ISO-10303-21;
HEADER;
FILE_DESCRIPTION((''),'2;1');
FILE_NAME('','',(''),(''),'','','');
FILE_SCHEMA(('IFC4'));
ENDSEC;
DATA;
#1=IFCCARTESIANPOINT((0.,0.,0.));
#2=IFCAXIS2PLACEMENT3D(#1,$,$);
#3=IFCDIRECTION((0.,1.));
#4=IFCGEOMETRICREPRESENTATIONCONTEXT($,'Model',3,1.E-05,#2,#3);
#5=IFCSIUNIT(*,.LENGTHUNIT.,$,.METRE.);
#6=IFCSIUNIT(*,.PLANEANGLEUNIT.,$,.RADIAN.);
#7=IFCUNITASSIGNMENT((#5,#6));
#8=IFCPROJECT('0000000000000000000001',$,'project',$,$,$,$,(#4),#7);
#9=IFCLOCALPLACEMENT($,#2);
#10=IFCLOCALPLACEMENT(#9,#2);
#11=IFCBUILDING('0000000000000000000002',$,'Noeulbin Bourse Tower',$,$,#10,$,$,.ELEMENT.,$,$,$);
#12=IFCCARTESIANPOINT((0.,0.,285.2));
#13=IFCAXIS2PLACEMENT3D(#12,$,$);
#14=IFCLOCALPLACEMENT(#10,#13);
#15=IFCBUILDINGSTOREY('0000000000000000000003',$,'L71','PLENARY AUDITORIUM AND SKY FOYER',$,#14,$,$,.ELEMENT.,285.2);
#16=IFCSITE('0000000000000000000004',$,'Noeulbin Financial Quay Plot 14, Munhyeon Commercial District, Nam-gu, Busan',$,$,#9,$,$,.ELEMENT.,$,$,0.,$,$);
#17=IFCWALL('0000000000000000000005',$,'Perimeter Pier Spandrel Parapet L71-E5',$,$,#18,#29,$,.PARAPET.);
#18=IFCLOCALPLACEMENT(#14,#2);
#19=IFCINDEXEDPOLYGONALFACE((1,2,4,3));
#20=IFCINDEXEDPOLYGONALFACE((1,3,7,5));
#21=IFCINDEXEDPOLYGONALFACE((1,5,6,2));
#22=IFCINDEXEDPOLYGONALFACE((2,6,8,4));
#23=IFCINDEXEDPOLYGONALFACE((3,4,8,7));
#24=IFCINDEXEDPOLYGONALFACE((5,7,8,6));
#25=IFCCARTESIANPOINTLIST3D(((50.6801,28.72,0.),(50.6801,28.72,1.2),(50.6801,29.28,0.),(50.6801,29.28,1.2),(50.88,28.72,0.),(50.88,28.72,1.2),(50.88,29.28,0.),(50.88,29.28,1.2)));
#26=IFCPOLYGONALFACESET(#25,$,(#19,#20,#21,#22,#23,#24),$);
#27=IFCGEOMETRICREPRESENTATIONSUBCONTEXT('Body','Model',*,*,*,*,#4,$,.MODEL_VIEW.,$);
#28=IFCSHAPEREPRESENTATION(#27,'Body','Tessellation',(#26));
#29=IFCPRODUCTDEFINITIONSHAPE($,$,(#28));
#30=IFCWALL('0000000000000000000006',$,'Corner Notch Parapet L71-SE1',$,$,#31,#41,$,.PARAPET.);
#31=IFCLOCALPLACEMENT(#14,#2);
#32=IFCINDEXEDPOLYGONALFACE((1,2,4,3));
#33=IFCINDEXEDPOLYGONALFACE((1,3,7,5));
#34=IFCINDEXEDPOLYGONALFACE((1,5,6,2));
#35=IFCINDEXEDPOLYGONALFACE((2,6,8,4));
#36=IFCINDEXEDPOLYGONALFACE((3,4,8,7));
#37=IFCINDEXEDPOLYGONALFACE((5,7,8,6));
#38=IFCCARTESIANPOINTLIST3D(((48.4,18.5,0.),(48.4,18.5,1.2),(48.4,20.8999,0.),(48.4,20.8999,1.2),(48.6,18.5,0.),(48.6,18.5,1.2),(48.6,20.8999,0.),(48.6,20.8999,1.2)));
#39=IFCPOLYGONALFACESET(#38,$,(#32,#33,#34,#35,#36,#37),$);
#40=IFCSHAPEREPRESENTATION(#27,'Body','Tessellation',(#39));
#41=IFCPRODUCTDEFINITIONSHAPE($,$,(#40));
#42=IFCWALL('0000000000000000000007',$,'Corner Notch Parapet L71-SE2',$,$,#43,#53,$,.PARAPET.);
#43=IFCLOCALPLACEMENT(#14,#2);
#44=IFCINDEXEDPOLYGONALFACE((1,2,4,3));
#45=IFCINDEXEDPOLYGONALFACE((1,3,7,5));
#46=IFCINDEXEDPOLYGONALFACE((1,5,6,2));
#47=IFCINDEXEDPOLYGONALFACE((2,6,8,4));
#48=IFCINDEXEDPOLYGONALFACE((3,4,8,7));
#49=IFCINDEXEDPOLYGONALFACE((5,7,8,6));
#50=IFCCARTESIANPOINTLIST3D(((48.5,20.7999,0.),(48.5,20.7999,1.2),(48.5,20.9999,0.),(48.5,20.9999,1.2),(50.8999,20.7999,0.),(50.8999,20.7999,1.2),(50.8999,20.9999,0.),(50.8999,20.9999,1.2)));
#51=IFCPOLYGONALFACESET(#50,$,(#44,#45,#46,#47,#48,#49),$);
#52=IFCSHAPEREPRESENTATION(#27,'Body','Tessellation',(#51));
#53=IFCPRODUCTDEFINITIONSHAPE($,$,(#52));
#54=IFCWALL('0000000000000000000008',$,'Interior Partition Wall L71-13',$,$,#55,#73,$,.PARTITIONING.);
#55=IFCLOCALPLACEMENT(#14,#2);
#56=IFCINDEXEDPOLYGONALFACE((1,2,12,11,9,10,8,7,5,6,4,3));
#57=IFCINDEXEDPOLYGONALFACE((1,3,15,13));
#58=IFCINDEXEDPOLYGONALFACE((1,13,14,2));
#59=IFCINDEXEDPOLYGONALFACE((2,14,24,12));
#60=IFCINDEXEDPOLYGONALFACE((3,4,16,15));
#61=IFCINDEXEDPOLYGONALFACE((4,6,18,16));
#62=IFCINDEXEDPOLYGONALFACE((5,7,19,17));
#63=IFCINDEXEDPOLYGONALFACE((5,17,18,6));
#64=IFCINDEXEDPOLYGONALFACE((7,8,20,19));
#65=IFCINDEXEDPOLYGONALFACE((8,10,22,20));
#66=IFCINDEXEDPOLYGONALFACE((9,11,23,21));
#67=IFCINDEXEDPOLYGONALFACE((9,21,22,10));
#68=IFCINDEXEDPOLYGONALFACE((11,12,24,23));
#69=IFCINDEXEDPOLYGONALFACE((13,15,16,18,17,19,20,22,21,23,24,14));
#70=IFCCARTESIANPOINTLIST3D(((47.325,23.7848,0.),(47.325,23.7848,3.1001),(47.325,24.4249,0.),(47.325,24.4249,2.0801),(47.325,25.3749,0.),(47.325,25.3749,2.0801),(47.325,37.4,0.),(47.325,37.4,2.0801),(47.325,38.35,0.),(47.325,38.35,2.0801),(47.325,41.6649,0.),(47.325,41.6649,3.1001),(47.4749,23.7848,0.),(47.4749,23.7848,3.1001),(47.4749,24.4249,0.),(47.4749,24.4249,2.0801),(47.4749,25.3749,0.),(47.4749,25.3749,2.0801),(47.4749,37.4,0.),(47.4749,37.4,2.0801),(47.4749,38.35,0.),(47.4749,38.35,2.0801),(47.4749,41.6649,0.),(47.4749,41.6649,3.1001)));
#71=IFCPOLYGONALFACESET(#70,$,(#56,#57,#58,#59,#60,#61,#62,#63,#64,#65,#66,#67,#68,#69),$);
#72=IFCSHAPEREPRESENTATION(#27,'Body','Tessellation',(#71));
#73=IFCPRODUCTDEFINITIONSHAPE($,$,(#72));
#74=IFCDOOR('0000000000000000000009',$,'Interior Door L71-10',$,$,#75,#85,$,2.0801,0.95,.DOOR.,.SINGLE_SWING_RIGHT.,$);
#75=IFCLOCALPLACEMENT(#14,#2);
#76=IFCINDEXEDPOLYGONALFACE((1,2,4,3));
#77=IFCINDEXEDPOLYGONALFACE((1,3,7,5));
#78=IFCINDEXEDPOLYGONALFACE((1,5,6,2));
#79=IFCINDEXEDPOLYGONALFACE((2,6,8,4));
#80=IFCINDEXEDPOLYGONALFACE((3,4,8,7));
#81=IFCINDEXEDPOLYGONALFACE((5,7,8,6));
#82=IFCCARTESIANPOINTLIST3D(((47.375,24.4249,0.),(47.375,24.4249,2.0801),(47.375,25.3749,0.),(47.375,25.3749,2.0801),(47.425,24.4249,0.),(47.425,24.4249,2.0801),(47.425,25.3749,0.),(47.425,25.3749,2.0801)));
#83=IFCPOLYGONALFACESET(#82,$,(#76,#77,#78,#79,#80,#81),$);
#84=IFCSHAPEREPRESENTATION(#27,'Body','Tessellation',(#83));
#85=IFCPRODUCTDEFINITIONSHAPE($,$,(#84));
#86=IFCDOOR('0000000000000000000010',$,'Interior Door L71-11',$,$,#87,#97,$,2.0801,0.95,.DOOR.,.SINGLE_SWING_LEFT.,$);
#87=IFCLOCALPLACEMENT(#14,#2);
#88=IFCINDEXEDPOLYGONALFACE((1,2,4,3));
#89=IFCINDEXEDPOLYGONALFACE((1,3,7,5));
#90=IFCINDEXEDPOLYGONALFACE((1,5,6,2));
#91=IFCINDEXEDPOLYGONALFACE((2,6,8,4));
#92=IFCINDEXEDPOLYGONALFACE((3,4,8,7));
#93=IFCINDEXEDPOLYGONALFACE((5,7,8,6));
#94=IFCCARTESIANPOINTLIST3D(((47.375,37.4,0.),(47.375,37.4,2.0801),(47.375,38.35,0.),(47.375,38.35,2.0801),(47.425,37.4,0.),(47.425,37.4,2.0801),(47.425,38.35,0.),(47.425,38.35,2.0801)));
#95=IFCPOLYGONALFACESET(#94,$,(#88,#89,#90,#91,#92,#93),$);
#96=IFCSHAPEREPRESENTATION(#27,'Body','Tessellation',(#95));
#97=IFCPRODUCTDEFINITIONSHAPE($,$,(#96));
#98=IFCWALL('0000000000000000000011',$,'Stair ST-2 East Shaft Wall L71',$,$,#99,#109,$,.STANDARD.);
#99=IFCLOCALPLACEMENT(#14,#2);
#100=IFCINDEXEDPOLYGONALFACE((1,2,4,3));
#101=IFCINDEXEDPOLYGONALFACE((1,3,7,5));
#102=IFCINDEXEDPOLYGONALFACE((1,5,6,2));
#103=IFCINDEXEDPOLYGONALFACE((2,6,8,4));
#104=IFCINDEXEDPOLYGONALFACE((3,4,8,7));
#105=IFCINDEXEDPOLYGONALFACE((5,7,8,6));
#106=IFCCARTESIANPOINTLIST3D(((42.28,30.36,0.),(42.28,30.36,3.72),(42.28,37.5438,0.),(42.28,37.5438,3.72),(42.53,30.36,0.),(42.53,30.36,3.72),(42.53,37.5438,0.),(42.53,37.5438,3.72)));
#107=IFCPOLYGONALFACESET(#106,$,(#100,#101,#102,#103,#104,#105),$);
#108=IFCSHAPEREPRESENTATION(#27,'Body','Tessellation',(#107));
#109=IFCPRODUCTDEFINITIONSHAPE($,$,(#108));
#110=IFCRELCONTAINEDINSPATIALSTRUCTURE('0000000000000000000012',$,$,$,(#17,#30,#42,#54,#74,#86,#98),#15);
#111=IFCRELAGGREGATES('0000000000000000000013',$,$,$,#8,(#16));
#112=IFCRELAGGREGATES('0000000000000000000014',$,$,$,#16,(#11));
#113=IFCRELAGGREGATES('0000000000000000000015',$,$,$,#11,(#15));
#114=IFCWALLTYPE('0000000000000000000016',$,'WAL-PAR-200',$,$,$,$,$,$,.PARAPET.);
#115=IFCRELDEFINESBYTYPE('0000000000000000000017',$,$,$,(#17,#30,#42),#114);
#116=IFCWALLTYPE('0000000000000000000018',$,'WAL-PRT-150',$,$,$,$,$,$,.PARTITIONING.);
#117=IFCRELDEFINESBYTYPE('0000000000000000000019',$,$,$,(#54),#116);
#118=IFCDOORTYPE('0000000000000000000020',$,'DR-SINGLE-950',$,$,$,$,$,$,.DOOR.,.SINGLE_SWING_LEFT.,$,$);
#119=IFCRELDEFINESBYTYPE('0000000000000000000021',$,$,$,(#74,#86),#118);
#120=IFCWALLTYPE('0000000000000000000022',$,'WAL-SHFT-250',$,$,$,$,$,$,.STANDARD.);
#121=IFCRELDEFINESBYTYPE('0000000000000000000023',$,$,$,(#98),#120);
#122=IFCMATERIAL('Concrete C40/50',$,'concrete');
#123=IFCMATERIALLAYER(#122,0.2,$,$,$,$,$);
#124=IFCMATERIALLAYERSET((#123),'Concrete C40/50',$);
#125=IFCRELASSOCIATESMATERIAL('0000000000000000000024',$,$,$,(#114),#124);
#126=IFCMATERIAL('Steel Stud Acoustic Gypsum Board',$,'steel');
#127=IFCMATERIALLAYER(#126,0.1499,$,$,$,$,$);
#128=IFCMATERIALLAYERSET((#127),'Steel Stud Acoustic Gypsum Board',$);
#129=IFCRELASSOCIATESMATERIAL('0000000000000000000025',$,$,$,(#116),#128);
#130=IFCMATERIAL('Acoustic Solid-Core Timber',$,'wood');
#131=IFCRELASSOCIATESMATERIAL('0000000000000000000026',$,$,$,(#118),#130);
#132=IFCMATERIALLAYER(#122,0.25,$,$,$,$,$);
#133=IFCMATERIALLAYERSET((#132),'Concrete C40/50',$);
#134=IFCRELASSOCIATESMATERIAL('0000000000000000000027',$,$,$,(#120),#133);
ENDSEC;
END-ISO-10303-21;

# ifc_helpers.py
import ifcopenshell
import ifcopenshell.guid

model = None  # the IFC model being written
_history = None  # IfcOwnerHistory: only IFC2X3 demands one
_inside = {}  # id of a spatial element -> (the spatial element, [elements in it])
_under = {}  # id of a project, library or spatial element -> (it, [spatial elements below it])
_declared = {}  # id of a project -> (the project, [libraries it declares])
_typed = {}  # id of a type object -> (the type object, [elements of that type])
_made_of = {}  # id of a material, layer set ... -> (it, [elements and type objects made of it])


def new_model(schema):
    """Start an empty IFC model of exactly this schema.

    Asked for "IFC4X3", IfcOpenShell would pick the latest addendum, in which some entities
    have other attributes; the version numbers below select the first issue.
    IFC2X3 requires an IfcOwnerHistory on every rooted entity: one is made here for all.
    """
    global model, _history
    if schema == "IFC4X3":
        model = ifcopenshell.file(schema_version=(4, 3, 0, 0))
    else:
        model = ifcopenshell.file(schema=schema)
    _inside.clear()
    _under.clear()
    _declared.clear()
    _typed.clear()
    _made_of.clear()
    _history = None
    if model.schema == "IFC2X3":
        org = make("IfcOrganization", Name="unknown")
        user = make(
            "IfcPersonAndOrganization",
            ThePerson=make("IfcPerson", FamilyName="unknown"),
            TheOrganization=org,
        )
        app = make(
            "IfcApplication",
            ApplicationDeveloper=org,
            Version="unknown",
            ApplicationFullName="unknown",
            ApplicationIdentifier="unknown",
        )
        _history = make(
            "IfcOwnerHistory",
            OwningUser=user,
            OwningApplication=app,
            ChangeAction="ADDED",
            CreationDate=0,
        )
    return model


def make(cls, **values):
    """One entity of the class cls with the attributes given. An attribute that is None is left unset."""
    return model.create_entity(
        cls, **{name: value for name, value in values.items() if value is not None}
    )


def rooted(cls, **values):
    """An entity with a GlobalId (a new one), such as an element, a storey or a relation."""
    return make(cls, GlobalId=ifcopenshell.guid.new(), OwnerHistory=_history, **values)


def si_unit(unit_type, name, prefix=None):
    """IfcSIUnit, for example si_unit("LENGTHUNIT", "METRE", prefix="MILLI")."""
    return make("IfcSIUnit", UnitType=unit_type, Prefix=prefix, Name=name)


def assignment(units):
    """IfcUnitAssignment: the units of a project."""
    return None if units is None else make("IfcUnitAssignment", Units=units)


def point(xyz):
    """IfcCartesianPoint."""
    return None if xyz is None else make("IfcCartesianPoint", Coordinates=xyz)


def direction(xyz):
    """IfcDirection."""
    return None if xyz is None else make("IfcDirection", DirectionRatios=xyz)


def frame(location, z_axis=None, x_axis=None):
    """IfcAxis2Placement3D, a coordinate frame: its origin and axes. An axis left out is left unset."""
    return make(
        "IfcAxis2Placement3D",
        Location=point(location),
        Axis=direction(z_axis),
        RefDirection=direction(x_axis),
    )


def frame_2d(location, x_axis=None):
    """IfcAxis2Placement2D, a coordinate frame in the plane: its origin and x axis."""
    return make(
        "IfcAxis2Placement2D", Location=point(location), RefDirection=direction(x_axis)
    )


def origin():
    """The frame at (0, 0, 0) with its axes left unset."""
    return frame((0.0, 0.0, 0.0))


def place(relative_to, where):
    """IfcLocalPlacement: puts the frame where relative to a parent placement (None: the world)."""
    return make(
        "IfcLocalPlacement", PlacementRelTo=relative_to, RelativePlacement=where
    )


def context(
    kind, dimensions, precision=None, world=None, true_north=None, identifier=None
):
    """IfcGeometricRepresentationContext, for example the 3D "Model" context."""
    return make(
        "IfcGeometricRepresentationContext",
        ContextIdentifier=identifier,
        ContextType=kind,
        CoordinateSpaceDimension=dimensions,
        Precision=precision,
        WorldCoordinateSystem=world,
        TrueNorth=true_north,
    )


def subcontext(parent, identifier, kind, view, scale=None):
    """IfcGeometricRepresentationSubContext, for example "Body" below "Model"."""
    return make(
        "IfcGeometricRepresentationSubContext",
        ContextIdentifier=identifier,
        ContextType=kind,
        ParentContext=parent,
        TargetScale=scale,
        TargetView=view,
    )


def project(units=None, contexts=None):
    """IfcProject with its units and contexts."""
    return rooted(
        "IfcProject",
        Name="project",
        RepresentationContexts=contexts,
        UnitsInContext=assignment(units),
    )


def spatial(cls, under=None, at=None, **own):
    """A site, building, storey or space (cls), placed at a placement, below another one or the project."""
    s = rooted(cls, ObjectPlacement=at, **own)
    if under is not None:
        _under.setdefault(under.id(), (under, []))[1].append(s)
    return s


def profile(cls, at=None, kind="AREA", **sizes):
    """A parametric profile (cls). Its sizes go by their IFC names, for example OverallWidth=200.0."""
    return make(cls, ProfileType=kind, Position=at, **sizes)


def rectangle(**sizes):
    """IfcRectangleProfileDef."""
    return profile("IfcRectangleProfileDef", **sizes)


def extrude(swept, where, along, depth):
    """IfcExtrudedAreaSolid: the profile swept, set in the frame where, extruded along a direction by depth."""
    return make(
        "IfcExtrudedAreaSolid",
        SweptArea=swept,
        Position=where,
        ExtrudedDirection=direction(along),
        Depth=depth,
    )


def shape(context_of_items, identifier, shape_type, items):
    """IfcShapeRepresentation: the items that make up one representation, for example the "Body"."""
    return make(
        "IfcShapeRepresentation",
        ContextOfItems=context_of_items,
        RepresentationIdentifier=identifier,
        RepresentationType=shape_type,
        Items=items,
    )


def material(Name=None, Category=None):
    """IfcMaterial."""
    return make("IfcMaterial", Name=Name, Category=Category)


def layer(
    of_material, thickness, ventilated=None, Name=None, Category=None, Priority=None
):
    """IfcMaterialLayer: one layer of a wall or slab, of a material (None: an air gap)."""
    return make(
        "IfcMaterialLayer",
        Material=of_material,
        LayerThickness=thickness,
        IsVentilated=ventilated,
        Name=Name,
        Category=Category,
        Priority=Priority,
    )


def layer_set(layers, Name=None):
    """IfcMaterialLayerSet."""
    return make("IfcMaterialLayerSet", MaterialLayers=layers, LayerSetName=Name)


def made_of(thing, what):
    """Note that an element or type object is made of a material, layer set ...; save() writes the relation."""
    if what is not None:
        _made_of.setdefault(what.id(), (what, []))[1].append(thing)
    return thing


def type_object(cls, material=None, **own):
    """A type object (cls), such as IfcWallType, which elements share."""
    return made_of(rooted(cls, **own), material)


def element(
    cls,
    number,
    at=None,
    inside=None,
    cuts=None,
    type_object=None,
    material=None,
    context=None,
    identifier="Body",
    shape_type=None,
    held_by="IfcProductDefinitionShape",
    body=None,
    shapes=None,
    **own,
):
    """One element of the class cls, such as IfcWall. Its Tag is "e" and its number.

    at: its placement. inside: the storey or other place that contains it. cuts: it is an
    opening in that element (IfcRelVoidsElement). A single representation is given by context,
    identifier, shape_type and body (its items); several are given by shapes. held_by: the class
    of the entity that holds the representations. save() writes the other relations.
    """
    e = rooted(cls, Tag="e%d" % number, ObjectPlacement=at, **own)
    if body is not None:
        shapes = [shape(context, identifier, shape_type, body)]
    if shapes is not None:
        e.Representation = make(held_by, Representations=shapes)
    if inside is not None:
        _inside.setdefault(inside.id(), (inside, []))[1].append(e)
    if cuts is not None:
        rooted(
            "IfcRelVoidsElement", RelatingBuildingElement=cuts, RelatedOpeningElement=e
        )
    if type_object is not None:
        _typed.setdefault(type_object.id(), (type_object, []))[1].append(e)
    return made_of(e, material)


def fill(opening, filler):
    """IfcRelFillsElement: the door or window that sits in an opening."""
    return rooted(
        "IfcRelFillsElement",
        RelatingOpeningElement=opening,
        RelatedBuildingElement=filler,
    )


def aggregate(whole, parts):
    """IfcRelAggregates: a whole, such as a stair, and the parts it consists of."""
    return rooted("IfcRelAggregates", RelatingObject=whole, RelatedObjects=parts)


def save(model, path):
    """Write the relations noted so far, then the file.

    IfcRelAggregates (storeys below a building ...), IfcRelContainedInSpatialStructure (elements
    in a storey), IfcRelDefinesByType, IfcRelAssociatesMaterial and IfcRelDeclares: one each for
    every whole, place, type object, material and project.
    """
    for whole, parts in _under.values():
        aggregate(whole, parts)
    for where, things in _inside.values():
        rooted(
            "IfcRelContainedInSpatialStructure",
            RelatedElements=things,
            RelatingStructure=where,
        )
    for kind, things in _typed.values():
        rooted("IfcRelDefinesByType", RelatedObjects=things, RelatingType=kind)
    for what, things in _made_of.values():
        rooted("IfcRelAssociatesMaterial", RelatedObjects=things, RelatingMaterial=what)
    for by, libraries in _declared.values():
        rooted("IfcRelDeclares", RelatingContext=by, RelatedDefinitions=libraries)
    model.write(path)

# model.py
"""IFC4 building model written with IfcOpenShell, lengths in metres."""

from ifc_helpers import new_model, si_unit, direction, frame, frame_2d, origin, place, context, subcontext, project, spatial, rectangle, extrude, material, layer, layer_set, type_object, element, fill, save


model = new_model("IFC4")

# Units and contexts
model_context = context("Model", 3, precision=1e-05, world=origin(), true_north=direction((0.0, 1.0)))
body_context = subcontext(model_context, "Body", "Model", "MODEL_VIEW")
ifc_project = project(units=[si_unit("LENGTHUNIT", "METRE"), si_unit("PLANEANGLEUNIT", "RADIAN")], contexts=[model_context])

# Site, building, storey
site_placement = place(None, origin())
site = spatial("IfcSite", under=ifc_project, at=site_placement, Name="Noeulbin Financial Quay Plot 14, Munhyeon Commercial District, Nam-gu, Busan", CompositionType="ELEMENT", RefElevation=0.0)
building_placement = place(site_placement, origin())
building = spatial("IfcBuilding", under=site, at=building_placement, Name="Noeulbin Bourse Tower", CompositionType="ELEMENT")
storey_placement = place(building_placement, frame((0.0, 0.0, 285.2)))
storey = spatial("IfcBuildingStorey", under=building, at=storey_placement, Name="L71", Description="PLENARY AUDITORIUM AND SKY FOYER", CompositionType="ELEMENT", Elevation=285.2)

# Walls
ifc_material_1 = material(Name="Concrete C40/50", Category="concrete")
ifc_layer_1 = layer(ifc_material_1, 0.2)
ifc_layer_set_1 = layer_set([ifc_layer_1], Name="Concrete C40/50")
wall_type_1 = type_object("IfcWallType", Name="WAL-PAR-200", PredefinedType="PARAPET", material=ifc_layer_set_1)
wall_1_placement = place(storey_placement, frame((50.78, 28.72, 0.0), z_axis=(0.0, 0.0, 1.0), x_axis=(0.0, 1.0, 0.0)))
element("IfcWall", 1, at=wall_1_placement, inside=storey, type_object=wall_type_1, Name="Perimeter Pier Spandrel Parapet L71-E5", PredefinedType="PARAPET", context=body_context, shape_type="SweptSolid", body=[
    extrude(rectangle(XDim=0.5601, YDim=0.2, at=frame_2d((0.28, 0.0))), origin(), (0.0, 0.0, 1.0), 1.2),
])
for number, where, z_axis, x_axis, name in (
    (2, (48.5, 18.5, 0.0), (0.0, 0.0, 1.0), (0.0, 1.0, 0.0), "Corner Notch Parapet L71-SE1"),
    (3, (48.5, 20.8999, 0.0), (0.0, 0.0, 1.0), (1.0, 0.0, 0.0), "Corner Notch Parapet L71-SE2"),
):
    element("IfcWall", number, at=place(storey_placement, frame(where, z_axis=z_axis, x_axis=x_axis)), inside=storey, type_object=wall_type_1, Name=name, PredefinedType="PARAPET", context=body_context, shape_type="SweptSolid", body=[
        extrude(rectangle(XDim=2.3999, YDim=0.2, at=frame_2d((1.2, 0.0))), origin(), (0.0, 0.0, 1.0), 1.2),
    ])

# Wall, openings, doors
ifc_material_2 = material(Name="Steel Stud Acoustic Gypsum Board", Category="steel")
ifc_layer_2 = layer(ifc_material_2, 0.1499)
ifc_layer_set_2 = layer_set([ifc_layer_2], Name="Steel Stud Acoustic Gypsum Board")
wall_type_2 = type_object("IfcWallType", Name="WAL-PRT-150", PredefinedType="PARTITIONING", material=ifc_layer_set_2)
wall_2_placement = place(storey_placement, frame((47.3999, 23.7849, 0.0), z_axis=(0.0, 0.0, 1.0), x_axis=(0.0, 1.0, 0.0)))
wall_2 = element("IfcWall", 4, at=wall_2_placement, inside=storey, type_object=wall_type_2, Name="Interior Partition Wall L71-13", PredefinedType="PARTITIONING", context=body_context, shape_type="SweptSolid", body=[
    extrude(rectangle(XDim=17.8801, YDim=0.1499, at=frame_2d((8.9399, 0.0))), origin(), (0.0, 0.0, 1.0), 3.1001),
])
opening_1_placement = place(wall_2_placement, frame((0.6399, 0.0, 0.0)))
opening_1 = element("IfcOpeningElement", 5, at=opening_1_placement, cuts=wall_2, PredefinedType="OPENING", context=body_context, shape_type="SweptSolid", body=[
    extrude(rectangle(XDim=0.95, YDim=2.0801, at=frame_2d((0.4751, 1.04))), frame((0.0, 0.085, 0.0), z_axis=(0.0, -1.0, 0.0), x_axis=(1.0, 0.0, 0.0)), (0.0, 0.0, 1.0), 0.1699),
])
opening_2_placement = place(wall_2_placement, frame((13.615, 0.0, 0.0)))
opening_2 = element("IfcOpeningElement", 6, at=opening_2_placement, cuts=wall_2, PredefinedType="OPENING", context=body_context, shape_type="SweptSolid", body=[
    extrude(rectangle(XDim=0.95, YDim=2.0801, at=frame_2d((0.4751, 1.04))), frame((0.0, 0.085, 0.0), z_axis=(0.0, -1.0, 0.0), x_axis=(1.0, 0.0, 0.0)), (0.0, 0.0, 1.0), 0.1699),
])
ifc_material_3 = material(Name="Acoustic Solid-Core Timber", Category="wood")
door_type = type_object("IfcDoorType", Name="DR-SINGLE-950", OperationType="SINGLE_SWING_LEFT", PredefinedType="DOOR", material=ifc_material_3)
door_1_placement = place(opening_1_placement, origin())
door_1 = element("IfcDoor", 7, at=door_1_placement, inside=storey, type_object=door_type, Name="Interior Door L71-10", OperationType="SINGLE_SWING_RIGHT", OverallHeight=2.0801, OverallWidth=0.95, PredefinedType="DOOR", context=body_context, shape_type="SweptSolid", body=[
    extrude(rectangle(XDim=0.95, YDim=2.0801, at=frame_2d((0.4751, 1.04))), frame((0.0, 0.0249, 0.0), z_axis=(0.0, -1.0, 0.0), x_axis=(1.0, 0.0, 0.0)), (0.0, 0.0, 1.0), 0.05),
])
fill(opening_1, door_1)
door_2_placement = place(opening_2_placement, origin())
door_2 = element("IfcDoor", 8, at=door_2_placement, inside=storey, type_object=door_type, Name="Interior Door L71-11", OperationType="SINGLE_SWING_LEFT", OverallHeight=2.0801, OverallWidth=0.95, PredefinedType="DOOR", context=body_context, shape_type="SweptSolid", body=[
    extrude(rectangle(XDim=0.95, YDim=2.0801, at=frame_2d((0.4751, 1.04))), frame((0.0, 0.0249, 0.0), z_axis=(0.0, -1.0, 0.0), x_axis=(1.0, 0.0, 0.0)), (0.0, 0.0, 1.0), 0.05),
])
fill(opening_2, door_2)

# Wall
ifc_layer_3 = layer(ifc_material_1, 0.25)
ifc_layer_set_3 = layer_set([ifc_layer_3], Name="Concrete C40/50")
wall_type_3 = type_object("IfcWallType", Name="WAL-SHFT-250", PredefinedType="STANDARD", material=ifc_layer_set_3)
wall_3_placement = place(storey_placement, frame((42.405, 30.3601, 0.0), z_axis=(0.0, 0.0, 1.0), x_axis=(0.0, 1.0, 0.0)))
element("IfcWall", 9, at=wall_3_placement, inside=storey, type_object=wall_type_3, Name="Stair ST-2 East Shaft Wall L71", PredefinedType="STANDARD", context=body_context, shape_type="SweptSolid", body=[
    extrude(rectangle(XDim=7.1838, YDim=0.25, at=frame_2d((3.5918, 0.0))), origin(), (0.0, 0.0, 1.0), 3.72),
])

save(model, "model.ifc")
